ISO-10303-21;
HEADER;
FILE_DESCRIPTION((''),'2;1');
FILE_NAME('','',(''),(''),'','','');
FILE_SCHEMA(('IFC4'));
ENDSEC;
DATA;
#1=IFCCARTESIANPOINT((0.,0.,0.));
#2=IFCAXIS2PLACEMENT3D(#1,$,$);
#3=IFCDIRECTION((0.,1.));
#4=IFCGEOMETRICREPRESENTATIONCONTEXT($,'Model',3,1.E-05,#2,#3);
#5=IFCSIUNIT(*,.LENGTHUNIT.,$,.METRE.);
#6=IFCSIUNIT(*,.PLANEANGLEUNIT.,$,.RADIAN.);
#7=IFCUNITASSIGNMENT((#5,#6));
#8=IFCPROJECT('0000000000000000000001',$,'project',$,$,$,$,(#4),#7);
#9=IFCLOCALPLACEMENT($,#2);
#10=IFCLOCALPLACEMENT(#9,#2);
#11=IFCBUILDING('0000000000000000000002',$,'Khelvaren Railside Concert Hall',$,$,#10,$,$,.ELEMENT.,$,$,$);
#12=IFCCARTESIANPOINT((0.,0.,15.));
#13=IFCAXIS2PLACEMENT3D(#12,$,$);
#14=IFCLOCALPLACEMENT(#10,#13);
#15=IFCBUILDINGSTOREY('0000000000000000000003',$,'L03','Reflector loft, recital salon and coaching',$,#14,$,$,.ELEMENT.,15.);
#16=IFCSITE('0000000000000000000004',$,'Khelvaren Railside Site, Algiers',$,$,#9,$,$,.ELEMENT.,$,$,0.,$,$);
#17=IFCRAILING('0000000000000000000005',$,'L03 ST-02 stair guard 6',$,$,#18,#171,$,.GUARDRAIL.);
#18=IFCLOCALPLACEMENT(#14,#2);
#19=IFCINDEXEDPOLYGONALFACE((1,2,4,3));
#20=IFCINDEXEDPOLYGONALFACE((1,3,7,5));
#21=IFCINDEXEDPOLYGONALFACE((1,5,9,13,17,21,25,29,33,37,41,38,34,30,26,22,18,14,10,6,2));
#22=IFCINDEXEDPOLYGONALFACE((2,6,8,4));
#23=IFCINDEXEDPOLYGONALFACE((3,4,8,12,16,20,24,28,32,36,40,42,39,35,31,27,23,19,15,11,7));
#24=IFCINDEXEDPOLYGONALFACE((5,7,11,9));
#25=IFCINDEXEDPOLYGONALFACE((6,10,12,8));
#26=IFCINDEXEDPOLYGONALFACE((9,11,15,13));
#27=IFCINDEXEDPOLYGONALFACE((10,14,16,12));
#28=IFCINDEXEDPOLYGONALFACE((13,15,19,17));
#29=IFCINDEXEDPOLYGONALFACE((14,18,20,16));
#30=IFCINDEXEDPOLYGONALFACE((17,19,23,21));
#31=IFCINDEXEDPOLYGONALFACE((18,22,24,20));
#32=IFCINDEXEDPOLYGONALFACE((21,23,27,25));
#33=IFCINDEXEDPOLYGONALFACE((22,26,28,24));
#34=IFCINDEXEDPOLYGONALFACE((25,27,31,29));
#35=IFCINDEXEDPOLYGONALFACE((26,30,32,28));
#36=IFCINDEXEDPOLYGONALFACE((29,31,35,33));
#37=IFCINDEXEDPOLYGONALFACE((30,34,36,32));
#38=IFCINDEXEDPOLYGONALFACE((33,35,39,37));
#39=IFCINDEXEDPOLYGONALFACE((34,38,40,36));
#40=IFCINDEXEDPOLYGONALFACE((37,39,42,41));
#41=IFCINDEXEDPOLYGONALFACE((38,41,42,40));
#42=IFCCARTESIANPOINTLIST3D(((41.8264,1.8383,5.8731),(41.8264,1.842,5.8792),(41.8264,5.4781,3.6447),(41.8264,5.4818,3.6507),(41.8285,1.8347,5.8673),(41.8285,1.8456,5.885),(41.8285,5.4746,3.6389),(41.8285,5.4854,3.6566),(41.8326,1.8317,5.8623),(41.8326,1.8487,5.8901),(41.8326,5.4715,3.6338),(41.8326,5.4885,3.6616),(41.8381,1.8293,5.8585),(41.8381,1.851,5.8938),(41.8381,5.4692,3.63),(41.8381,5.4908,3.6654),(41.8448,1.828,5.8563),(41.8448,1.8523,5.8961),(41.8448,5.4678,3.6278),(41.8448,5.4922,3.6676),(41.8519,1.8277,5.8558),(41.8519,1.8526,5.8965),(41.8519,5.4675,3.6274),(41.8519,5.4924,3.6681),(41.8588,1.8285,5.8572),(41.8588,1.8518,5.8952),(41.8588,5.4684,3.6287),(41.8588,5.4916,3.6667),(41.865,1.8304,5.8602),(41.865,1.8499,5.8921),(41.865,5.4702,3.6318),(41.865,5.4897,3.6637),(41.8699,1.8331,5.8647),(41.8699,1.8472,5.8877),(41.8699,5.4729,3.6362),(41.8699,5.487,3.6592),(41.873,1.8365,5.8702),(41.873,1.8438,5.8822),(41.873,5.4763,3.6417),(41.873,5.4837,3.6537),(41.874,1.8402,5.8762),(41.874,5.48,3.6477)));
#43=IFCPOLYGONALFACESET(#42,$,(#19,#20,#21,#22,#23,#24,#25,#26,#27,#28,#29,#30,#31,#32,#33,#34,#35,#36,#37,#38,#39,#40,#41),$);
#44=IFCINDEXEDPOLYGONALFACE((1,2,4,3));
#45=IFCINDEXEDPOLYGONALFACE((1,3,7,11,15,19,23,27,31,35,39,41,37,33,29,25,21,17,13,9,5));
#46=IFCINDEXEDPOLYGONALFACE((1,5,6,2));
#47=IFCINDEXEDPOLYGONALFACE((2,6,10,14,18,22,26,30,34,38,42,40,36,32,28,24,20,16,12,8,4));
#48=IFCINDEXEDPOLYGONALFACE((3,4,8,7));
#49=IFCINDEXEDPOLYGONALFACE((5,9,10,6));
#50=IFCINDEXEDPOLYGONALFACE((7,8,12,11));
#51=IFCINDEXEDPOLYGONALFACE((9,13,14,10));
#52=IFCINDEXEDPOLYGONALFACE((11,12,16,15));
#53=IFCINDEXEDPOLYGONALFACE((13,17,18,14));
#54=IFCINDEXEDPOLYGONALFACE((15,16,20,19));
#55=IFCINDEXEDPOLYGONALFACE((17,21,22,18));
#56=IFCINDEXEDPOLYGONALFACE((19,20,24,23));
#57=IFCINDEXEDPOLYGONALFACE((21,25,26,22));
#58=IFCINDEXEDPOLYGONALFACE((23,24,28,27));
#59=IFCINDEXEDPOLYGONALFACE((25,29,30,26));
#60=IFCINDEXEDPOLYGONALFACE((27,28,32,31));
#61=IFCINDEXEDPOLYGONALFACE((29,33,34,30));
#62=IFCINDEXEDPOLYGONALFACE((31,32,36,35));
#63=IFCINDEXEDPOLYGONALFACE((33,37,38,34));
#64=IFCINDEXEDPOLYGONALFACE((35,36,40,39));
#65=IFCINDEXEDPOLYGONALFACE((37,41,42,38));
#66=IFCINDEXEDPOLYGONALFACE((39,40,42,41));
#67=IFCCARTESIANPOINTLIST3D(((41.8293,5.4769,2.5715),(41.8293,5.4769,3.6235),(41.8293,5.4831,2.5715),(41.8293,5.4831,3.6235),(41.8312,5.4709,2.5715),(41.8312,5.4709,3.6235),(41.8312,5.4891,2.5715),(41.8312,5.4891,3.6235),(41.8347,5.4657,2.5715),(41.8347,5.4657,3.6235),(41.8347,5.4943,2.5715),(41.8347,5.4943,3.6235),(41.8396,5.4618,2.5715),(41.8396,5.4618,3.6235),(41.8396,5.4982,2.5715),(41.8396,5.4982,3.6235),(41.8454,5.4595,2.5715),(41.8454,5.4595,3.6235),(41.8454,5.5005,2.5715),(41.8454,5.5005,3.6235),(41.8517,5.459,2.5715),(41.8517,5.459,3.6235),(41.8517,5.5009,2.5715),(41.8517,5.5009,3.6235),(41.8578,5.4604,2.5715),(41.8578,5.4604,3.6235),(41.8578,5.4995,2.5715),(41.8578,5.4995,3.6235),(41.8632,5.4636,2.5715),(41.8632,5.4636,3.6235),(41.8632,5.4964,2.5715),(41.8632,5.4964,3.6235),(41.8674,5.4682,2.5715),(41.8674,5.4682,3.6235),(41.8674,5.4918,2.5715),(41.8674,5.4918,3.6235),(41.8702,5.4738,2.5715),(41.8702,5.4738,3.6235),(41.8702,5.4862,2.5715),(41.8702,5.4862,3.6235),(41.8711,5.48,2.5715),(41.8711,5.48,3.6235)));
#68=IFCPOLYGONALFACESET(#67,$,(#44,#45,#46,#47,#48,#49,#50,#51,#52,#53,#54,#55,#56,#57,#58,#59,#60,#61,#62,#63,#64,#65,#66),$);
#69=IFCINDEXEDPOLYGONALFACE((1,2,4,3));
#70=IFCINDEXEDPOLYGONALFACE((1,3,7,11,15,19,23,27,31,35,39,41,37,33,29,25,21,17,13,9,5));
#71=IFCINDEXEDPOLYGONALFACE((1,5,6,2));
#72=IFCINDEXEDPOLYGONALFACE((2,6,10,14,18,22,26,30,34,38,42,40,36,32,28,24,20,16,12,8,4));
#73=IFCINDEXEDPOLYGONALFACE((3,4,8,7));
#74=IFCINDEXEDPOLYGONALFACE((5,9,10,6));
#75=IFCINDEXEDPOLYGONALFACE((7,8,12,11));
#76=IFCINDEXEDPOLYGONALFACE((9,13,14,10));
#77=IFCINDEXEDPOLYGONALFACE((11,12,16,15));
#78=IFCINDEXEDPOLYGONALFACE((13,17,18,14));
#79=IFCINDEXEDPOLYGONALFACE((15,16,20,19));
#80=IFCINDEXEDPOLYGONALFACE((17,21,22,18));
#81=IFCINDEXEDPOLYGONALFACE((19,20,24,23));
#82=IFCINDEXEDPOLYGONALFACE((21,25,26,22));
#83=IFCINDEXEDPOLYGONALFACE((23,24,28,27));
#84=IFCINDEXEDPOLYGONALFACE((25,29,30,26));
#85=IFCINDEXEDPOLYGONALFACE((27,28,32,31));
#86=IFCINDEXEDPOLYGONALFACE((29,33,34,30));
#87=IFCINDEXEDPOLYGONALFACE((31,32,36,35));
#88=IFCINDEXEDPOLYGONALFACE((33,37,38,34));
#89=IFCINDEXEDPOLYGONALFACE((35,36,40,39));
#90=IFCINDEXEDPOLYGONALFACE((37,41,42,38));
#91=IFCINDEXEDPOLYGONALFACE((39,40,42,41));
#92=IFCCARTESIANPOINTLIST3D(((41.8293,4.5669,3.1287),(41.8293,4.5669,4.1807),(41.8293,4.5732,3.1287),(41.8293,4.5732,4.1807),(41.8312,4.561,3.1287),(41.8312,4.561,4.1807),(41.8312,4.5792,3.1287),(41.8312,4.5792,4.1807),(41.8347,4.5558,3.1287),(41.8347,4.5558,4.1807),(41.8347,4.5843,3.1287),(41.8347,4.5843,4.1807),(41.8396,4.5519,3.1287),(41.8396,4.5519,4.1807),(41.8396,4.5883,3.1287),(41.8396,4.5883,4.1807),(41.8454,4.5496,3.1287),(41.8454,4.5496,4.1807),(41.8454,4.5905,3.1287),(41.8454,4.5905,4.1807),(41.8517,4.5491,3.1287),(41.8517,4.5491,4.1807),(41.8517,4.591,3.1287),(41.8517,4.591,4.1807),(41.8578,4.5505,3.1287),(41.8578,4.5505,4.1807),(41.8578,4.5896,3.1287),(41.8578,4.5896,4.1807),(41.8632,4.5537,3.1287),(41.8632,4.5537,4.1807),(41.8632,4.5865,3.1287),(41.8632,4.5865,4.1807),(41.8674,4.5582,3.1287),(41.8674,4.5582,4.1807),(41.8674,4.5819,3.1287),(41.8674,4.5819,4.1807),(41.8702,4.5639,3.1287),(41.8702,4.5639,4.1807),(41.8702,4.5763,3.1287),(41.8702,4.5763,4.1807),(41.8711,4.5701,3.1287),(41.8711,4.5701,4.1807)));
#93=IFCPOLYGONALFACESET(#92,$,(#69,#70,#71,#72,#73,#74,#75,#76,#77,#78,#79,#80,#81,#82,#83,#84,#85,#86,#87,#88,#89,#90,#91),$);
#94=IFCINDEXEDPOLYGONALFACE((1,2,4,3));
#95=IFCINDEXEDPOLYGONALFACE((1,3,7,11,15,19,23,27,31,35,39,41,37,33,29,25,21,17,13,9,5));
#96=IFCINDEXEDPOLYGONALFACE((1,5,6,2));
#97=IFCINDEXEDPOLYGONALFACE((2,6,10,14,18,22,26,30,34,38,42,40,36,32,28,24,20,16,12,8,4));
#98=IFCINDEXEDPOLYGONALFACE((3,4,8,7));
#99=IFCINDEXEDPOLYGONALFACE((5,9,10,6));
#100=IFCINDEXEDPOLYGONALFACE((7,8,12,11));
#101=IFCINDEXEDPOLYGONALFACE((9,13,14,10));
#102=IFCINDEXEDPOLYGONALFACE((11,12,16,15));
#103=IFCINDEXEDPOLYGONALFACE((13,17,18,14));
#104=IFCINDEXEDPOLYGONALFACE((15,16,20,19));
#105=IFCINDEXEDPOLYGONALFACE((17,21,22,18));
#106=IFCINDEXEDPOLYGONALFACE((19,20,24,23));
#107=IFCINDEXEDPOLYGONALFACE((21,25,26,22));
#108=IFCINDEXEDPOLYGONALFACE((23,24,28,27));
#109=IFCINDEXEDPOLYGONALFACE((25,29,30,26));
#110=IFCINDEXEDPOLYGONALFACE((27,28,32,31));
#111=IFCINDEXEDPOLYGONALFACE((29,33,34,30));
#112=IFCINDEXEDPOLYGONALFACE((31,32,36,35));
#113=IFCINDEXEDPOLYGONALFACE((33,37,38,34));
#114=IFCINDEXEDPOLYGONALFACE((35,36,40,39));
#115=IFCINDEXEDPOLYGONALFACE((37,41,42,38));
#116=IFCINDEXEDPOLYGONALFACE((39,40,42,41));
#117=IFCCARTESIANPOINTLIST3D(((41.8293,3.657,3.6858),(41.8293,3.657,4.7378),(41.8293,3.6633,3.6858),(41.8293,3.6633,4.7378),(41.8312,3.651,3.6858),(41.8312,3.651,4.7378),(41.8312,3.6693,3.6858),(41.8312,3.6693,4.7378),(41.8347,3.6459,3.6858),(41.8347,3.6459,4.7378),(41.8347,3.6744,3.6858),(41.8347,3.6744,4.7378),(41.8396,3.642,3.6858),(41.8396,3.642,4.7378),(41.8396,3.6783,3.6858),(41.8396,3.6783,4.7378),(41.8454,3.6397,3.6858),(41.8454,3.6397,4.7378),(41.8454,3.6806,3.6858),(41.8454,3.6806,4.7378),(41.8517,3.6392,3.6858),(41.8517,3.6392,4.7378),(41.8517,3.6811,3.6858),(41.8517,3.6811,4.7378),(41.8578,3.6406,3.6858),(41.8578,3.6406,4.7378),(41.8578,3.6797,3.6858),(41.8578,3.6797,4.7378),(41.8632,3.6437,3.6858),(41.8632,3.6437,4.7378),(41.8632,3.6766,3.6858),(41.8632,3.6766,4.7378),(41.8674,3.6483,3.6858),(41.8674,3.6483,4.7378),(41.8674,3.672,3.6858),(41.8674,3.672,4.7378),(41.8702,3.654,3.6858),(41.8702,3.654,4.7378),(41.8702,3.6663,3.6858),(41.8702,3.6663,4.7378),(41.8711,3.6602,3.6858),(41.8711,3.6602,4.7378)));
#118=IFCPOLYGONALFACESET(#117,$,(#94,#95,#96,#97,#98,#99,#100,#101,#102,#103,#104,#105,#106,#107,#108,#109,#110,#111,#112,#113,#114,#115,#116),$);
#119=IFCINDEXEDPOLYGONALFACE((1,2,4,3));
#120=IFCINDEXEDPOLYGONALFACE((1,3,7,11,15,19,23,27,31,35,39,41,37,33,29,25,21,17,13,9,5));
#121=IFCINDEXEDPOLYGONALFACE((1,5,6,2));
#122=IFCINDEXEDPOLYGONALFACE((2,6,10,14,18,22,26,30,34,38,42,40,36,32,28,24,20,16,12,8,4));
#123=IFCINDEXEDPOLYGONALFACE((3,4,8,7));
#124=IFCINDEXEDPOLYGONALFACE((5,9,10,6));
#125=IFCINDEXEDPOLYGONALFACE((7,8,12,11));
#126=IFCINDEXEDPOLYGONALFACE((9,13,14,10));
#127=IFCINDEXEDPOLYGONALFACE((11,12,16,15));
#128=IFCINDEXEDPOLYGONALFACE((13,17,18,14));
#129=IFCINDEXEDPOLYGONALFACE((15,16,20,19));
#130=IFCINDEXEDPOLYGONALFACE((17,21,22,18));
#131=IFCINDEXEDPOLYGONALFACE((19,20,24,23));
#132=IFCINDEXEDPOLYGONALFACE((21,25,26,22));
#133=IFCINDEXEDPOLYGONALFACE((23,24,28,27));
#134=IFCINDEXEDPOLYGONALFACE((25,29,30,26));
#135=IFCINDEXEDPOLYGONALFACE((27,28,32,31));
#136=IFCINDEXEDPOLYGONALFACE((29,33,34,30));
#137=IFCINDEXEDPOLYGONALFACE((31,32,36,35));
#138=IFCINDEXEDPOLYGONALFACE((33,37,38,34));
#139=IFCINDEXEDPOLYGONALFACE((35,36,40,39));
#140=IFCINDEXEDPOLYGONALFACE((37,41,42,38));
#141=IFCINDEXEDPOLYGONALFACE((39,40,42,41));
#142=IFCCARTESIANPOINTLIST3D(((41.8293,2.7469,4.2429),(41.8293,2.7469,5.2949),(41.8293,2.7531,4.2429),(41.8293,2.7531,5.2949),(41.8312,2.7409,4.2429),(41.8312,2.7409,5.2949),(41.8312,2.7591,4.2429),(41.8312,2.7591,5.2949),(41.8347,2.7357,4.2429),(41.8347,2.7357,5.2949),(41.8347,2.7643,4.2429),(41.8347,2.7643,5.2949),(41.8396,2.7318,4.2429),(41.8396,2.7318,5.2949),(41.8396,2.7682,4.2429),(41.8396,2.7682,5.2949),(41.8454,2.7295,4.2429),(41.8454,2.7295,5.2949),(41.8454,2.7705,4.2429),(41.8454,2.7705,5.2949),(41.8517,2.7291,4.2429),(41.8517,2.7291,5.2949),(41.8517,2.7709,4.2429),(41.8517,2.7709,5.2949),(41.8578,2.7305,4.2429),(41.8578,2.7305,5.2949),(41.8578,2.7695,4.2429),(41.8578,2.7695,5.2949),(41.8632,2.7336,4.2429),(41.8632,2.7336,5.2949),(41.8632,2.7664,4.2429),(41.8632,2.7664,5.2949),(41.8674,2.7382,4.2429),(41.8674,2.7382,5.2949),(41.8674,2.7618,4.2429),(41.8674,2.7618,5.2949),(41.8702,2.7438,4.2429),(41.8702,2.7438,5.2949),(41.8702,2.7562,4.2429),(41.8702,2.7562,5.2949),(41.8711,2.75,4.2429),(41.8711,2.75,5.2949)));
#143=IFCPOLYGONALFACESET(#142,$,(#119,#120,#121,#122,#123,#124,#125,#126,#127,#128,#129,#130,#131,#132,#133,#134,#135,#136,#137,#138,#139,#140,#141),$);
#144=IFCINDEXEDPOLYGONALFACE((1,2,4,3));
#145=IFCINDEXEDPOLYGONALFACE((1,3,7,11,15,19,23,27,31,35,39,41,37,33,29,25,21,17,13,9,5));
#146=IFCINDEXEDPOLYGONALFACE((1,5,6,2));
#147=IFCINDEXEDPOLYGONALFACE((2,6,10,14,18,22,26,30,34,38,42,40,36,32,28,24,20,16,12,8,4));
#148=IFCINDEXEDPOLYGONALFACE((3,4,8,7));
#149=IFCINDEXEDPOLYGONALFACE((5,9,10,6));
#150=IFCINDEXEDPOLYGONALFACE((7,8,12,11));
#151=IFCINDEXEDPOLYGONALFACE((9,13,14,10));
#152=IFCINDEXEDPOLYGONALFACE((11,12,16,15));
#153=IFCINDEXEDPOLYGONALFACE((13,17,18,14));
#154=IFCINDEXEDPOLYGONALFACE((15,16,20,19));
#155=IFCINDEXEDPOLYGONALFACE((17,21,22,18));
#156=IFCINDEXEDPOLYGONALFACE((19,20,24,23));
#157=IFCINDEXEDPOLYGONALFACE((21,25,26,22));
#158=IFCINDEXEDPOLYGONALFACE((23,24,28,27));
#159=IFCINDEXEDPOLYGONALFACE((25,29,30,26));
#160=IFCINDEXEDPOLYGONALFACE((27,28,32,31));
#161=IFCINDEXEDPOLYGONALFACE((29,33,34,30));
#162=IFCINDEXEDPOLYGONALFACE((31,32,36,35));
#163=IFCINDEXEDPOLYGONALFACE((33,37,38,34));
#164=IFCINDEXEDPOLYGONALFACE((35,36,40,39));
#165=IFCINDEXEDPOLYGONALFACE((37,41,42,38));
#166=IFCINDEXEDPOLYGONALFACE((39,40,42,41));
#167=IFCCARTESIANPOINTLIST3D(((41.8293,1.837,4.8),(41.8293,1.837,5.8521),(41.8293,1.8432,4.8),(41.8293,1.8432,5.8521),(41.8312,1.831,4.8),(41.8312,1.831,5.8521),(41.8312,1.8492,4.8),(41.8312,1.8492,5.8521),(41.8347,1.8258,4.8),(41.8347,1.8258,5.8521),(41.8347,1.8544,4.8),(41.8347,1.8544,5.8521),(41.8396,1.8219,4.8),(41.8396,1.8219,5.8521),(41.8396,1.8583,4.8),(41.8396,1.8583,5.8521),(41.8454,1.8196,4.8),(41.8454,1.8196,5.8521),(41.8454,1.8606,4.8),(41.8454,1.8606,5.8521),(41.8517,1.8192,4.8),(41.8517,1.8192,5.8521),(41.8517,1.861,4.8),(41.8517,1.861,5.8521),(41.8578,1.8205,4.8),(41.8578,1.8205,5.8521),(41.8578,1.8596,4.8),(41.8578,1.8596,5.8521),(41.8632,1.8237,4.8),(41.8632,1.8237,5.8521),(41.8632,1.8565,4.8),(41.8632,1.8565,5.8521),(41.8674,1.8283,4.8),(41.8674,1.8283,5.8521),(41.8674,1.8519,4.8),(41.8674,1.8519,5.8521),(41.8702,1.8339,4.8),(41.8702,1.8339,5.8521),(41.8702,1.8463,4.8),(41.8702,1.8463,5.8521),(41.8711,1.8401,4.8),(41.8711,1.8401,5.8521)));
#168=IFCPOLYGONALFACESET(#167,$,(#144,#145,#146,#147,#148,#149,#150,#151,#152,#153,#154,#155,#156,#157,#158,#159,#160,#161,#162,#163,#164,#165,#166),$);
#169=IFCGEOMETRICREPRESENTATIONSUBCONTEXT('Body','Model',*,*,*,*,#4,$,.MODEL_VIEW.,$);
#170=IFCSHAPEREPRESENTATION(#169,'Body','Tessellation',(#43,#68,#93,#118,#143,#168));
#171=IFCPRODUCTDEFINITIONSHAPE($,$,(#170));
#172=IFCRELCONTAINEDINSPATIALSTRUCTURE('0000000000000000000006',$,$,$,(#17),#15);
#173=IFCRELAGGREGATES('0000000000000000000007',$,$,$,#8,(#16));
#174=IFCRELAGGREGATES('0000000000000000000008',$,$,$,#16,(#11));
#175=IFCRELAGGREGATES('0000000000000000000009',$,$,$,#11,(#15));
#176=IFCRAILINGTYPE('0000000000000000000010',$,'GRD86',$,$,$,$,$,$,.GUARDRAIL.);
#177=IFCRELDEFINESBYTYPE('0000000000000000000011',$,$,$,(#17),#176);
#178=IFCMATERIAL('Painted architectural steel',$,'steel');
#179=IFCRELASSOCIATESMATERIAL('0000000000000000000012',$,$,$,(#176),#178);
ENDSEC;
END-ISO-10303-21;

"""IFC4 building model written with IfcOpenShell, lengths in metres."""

from ifc_helpers import new_model, si_unit, direction, frame, origin, origin_2d, place, context, subcontext, project, spatial, circle, extrude, material, type_object, element, save


model = new_model("IFC4")

# Units and contexts
model_context = context("Model", 3, precision=1e-05, world=origin(), true_north=direction((0.0, 1.0)))
body_context = subcontext(model_context, "Body", "Model", "MODEL_VIEW")
ifc_project = project(units=[si_unit("LENGTHUNIT", "METRE"), si_unit("PLANEANGLEUNIT", "RADIAN")], contexts=[model_context])

# Site, building, storey
site_placement = place(None, origin())
site = spatial("IfcSite", under=ifc_project, at=site_placement, Name="Khelvaren Railside Site, Algiers", CompositionType="ELEMENT", RefElevation=0.0)
building_placement = place(site_placement, origin())
building = spatial("IfcBuilding", under=site, at=building_placement, Name="Khelvaren Railside Concert Hall", CompositionType="ELEMENT")
storey_placement = place(building_placement, frame((0.0, 0.0, 15.0)))
storey = spatial("IfcBuildingStorey", under=building, at=storey_placement, Name="L03", Description="Reflector loft, recital salon and coaching", CompositionType="ELEMENT", Elevation=15.0)

# Railing
ifc_material_1 = material(Name="Painted architectural steel", Category="steel")
railing_type_1 = type_object("IfcRailingType", Name="GRD86", PredefinedType="GUARDRAIL", material=ifc_material_1)
railing_1_placement = place(storey_placement, frame((41.8501, 5.48, 2.5715)))
element("IfcRailing", 1, at=railing_1_placement, inside=storey, type_object=railing_type_1, Name="L03 ST-02 stair guard 6", PredefinedType="GUARDRAIL", context=body_context, shape_type="SweptSolid", body=[
    extrude(circle(Radius=0.0239, at=origin_2d()), frame((0.0, 0.0, 1.0762), z_axis=(0.0, -0.85285, 0.522156), x_axis=(1.0, 0.0, 0.0)), (0.0, 0.0, 1.0), 4.2678),
    extrude(circle(Radius=0.021, at=origin_2d()), origin(), (0.0, 0.0, 1.0), 1.052),
    extrude(circle(Radius=0.021, at=origin_2d()), frame((0.0, -0.9099, 0.5571)), (0.0, 0.0, 1.0), 1.052),
    extrude(circle(Radius=0.021, at=origin_2d()), frame((0.0, -1.8198, 1.1143)), (0.0, 0.0, 1.0), 1.052),
    extrude(circle(Radius=0.021, at=origin_2d()), frame((0.0, -2.73, 1.6714)), (0.0, 0.0, 1.0), 1.052),
    extrude(circle(Radius=0.021, at=origin_2d()), frame((0.0, -3.6399, 2.2285)), (0.0, 0.0, 1.0), 1.052),
])

save(model, "model.ifc")
